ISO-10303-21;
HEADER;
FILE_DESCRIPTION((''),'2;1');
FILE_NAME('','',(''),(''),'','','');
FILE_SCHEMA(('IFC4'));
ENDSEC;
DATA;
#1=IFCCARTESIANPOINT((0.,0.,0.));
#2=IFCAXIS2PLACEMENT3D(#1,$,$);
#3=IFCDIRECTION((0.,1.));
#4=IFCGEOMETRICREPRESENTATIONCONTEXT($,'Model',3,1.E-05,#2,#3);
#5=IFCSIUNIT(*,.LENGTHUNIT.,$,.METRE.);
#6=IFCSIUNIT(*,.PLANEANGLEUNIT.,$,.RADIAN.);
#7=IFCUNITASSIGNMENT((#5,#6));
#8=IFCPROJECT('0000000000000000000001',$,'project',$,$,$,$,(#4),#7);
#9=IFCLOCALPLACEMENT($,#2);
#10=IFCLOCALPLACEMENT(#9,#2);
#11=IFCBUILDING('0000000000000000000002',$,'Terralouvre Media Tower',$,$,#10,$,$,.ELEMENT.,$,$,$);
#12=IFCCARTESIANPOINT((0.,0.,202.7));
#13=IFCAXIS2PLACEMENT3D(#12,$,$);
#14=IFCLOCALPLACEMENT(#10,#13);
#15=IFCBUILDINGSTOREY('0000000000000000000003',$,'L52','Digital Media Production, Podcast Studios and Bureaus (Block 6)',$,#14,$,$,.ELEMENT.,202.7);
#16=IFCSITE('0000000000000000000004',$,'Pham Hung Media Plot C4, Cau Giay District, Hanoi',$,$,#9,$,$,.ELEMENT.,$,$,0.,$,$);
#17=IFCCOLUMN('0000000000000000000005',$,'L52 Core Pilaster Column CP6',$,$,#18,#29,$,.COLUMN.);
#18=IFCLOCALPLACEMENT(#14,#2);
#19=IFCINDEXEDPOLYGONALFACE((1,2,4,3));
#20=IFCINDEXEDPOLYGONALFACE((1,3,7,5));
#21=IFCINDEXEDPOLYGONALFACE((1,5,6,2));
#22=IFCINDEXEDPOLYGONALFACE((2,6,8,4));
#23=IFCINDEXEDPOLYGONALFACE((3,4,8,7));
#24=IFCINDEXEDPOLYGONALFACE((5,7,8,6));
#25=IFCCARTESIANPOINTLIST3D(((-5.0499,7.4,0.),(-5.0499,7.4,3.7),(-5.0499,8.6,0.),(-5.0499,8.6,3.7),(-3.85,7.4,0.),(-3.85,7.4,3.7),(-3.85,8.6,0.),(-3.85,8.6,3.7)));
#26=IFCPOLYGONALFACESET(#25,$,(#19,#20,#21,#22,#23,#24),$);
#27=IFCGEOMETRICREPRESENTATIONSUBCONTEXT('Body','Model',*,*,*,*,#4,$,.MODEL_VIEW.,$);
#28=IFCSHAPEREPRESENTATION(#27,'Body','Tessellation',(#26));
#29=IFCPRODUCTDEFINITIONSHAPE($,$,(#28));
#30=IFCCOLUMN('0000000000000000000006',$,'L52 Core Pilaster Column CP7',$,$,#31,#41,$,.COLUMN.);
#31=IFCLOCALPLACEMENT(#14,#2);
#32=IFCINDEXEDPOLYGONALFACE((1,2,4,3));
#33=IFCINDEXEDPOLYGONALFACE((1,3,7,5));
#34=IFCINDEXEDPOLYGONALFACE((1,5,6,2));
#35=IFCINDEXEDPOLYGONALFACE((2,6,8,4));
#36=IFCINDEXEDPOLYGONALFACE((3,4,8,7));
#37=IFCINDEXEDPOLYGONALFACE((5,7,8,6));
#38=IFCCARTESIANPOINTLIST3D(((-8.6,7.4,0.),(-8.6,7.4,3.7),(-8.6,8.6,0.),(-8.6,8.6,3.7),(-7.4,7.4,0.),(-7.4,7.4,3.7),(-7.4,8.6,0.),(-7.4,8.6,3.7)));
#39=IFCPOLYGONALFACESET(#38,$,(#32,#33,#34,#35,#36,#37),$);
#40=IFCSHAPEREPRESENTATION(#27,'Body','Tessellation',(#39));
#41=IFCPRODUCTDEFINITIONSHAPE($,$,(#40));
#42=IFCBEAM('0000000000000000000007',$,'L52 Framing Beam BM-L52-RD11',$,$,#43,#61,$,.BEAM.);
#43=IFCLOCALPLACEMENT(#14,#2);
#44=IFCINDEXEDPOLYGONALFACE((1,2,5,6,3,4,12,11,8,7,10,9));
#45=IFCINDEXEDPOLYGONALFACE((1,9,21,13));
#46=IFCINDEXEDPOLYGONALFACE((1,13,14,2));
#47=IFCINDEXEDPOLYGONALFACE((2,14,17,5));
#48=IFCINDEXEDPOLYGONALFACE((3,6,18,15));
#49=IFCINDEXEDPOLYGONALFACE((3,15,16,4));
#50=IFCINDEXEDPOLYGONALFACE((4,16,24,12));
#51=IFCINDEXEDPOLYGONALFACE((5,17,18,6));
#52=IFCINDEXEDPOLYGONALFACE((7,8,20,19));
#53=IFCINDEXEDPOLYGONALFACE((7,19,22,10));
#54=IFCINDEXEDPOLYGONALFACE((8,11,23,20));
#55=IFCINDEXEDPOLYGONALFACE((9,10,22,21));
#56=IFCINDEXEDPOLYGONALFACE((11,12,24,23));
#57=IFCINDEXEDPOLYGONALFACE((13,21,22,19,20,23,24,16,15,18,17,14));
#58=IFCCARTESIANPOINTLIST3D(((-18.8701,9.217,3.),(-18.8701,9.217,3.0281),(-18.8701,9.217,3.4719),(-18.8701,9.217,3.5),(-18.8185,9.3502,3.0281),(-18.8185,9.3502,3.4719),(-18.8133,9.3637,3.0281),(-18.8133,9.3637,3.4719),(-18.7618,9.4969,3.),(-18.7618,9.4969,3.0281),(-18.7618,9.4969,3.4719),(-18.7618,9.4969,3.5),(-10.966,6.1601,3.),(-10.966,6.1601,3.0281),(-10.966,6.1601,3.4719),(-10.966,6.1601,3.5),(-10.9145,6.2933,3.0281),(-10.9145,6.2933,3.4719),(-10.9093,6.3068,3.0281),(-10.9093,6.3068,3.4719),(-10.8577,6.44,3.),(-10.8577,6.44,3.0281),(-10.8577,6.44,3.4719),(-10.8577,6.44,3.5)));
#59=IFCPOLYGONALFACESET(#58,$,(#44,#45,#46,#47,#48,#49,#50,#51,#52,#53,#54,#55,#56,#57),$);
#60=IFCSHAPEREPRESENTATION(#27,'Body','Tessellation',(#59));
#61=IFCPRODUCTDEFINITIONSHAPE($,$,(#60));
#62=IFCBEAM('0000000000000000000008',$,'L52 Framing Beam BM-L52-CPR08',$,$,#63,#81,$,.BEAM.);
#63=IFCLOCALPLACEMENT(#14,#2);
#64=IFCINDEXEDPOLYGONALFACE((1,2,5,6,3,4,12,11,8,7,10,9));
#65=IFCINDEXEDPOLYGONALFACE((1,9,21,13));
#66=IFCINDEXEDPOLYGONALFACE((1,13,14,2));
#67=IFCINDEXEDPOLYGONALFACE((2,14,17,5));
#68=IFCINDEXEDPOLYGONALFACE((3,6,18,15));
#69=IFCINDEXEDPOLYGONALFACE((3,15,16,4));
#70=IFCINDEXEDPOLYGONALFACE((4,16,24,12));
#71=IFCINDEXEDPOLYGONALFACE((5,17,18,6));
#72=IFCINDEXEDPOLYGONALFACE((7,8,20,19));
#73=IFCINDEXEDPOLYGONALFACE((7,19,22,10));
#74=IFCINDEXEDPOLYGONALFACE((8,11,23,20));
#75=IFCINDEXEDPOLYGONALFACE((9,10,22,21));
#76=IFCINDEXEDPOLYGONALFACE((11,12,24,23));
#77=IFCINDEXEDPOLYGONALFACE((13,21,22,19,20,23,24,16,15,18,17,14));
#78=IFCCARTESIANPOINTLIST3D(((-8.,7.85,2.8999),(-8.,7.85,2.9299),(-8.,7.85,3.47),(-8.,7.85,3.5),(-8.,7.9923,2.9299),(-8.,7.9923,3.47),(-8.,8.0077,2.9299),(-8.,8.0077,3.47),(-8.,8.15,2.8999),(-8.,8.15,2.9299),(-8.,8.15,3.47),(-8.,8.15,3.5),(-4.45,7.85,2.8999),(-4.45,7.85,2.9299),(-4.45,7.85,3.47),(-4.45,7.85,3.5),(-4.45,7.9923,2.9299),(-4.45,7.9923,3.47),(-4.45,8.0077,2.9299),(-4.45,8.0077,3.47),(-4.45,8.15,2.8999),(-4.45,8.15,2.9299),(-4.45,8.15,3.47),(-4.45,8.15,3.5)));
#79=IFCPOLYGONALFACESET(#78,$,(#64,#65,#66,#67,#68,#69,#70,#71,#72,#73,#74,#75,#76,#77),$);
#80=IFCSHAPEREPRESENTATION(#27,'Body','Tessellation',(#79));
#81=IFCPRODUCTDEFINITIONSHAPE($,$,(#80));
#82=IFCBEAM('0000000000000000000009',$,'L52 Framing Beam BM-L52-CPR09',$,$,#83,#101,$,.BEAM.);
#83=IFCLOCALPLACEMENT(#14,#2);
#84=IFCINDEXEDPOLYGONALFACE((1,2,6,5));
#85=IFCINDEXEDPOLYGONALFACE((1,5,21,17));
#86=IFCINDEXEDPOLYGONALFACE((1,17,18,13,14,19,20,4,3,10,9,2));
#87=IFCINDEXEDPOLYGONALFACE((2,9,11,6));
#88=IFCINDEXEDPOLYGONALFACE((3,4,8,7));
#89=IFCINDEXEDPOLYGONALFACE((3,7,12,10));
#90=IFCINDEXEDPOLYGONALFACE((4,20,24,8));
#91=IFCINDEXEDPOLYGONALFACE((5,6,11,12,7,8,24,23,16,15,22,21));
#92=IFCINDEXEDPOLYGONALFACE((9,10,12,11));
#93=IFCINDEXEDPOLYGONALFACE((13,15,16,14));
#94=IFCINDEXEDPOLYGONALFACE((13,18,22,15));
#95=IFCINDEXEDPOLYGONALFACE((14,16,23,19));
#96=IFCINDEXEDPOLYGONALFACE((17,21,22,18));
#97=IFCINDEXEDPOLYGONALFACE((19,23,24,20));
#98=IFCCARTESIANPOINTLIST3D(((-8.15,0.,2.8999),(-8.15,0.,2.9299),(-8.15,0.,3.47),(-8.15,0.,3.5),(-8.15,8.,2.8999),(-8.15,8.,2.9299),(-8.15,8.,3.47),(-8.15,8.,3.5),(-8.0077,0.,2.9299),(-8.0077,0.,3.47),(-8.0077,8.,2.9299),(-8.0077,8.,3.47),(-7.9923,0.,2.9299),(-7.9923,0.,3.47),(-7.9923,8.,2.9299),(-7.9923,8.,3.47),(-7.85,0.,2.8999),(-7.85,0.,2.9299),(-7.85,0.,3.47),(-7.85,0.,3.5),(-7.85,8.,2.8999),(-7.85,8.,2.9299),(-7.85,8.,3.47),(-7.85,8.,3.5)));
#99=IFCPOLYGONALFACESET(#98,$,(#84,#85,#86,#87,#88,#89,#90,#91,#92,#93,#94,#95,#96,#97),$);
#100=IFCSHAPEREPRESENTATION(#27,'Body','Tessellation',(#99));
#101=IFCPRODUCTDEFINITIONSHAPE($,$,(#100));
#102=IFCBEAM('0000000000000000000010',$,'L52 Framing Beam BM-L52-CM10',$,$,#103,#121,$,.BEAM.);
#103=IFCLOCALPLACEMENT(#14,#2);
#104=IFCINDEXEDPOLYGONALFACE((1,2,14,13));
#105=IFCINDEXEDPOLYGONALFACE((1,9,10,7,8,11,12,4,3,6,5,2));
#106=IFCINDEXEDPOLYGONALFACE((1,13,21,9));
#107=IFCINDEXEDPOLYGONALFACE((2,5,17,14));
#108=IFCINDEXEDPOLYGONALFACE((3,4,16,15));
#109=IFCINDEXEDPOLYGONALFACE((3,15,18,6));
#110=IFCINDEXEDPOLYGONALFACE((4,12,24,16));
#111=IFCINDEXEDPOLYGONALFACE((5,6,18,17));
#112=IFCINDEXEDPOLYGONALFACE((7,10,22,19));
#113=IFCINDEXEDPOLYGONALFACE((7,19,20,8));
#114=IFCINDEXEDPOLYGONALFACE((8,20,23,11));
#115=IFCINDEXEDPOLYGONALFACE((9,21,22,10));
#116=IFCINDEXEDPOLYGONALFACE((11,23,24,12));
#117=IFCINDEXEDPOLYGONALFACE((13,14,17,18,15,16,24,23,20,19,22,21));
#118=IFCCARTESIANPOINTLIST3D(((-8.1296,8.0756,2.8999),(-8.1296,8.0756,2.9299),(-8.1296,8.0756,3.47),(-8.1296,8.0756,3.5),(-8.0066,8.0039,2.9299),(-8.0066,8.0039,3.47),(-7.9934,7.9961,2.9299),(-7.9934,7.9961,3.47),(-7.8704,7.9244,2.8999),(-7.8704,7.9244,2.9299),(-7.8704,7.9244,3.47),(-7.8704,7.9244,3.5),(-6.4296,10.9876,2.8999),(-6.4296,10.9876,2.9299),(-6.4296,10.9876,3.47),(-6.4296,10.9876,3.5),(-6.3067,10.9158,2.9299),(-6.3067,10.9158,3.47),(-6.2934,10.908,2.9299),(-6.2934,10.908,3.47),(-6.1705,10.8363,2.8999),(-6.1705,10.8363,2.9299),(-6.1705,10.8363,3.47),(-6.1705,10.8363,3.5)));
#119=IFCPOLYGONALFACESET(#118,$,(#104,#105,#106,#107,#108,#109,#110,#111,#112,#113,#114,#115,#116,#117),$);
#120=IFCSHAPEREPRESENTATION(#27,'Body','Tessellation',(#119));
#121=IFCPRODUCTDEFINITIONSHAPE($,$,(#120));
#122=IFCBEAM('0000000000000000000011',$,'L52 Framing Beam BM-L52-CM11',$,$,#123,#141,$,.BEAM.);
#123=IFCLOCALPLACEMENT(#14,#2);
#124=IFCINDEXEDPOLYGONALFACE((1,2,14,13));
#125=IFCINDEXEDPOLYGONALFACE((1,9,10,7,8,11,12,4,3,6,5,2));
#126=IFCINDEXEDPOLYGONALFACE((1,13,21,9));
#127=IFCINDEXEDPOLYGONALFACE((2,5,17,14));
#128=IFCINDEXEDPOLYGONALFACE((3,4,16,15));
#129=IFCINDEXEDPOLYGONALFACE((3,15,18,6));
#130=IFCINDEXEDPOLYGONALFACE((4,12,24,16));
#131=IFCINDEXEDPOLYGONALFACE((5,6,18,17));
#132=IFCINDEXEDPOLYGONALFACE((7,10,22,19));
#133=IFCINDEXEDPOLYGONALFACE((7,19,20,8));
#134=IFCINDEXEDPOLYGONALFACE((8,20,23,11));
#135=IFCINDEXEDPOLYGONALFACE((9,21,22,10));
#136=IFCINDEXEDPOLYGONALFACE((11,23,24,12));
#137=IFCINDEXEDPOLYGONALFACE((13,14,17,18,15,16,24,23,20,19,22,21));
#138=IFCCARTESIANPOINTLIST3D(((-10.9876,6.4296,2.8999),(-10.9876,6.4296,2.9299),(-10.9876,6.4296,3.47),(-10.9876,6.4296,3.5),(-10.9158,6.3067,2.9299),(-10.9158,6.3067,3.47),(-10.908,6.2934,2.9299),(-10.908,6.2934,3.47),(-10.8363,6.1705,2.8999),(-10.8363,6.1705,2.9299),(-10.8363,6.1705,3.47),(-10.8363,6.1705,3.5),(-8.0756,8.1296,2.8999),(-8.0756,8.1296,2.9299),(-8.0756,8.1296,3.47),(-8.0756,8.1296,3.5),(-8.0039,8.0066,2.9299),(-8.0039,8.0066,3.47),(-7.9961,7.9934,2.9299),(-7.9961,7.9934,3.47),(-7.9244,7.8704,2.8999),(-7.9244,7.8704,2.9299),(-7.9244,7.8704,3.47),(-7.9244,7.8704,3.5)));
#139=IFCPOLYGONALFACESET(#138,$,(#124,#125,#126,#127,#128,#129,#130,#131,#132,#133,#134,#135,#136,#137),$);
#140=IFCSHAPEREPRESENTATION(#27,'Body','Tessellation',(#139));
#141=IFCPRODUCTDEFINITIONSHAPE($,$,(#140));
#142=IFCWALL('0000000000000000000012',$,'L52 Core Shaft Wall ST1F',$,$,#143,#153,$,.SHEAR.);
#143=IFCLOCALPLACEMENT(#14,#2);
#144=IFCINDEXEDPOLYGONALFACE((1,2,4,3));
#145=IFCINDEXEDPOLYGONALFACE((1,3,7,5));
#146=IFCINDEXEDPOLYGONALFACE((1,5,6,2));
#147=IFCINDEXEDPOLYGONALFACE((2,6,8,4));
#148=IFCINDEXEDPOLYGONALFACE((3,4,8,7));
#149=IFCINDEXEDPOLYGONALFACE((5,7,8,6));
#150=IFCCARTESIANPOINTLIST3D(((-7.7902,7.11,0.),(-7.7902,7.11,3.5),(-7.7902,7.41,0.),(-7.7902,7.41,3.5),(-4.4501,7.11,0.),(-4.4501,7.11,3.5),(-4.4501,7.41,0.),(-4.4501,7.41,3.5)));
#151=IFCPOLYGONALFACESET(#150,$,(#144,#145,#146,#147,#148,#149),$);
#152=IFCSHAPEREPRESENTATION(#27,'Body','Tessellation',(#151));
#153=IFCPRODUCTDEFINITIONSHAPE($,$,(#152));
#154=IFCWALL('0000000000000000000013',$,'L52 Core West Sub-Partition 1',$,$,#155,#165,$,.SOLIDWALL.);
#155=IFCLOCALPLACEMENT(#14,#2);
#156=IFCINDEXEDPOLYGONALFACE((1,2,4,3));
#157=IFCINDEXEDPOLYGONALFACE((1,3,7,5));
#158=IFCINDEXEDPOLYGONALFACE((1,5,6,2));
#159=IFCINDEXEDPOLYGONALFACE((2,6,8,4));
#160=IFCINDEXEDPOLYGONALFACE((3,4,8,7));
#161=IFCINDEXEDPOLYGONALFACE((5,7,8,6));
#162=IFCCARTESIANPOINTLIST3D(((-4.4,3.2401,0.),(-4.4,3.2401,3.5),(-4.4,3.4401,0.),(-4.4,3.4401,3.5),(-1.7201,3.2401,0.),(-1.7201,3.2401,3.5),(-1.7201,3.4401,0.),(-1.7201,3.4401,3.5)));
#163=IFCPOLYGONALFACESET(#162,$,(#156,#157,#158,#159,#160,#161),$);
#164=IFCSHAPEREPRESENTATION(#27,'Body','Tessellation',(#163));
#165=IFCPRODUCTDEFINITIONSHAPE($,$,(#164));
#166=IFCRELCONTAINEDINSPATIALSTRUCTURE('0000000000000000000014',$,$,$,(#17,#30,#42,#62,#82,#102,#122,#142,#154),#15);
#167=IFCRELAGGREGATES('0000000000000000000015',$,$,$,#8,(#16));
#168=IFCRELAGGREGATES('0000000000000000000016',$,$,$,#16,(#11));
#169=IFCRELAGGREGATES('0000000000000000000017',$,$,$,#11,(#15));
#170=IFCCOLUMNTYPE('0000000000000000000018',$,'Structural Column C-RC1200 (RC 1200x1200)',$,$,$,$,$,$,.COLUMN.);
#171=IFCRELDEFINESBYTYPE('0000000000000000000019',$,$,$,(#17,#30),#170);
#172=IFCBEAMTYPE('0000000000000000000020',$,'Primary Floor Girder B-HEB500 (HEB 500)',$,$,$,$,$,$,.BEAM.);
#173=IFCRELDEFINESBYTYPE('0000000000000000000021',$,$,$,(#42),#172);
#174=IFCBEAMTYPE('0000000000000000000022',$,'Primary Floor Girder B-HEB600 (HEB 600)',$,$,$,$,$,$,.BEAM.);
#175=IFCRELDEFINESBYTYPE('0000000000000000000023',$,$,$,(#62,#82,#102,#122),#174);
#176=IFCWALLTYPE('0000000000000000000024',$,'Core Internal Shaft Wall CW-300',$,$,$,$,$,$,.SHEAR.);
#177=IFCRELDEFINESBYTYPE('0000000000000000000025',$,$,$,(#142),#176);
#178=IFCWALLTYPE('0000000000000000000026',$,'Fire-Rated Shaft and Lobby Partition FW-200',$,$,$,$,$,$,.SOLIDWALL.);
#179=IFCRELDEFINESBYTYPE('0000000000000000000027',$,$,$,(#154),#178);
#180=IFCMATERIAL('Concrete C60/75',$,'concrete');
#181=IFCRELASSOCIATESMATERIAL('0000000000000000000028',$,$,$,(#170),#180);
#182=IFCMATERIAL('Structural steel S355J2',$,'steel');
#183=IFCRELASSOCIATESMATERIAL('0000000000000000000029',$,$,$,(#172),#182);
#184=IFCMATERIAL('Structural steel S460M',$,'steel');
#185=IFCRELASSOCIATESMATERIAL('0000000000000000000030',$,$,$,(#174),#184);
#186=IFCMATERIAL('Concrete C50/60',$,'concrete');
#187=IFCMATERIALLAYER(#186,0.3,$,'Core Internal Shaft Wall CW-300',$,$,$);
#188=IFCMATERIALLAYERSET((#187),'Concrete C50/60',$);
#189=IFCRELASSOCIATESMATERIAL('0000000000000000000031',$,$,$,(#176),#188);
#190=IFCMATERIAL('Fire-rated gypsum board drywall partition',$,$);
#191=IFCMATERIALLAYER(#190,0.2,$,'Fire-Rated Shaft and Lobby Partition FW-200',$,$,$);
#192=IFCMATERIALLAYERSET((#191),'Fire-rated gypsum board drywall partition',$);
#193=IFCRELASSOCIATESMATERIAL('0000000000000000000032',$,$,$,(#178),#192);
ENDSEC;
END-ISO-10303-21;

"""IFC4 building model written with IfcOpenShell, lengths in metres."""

from ifc_helpers import new_model, si_unit, direction, frame, frame_2d, origin, origin_2d, place, context, subcontext, project, spatial, rectangle, i_section, extrude, material, layer, layer_set, material_profile, profile_set, type_object, element, save


model = new_model("IFC4")

# Units and contexts
model_context = context("Model", 3, precision=1e-05, world=origin(), true_north=direction((0.0, 1.0)))
body_context = subcontext(model_context, "Body", "Model", "MODEL_VIEW")
ifc_project = project(units=[si_unit("LENGTHUNIT", "METRE"), si_unit("PLANEANGLEUNIT", "RADIAN")], contexts=[model_context])

# Site, building, storey
site_placement = place(None, origin())
site = spatial("IfcSite", under=ifc_project, at=site_placement, Name="Pham Hung Media Plot C4, Cau Giay District, Hanoi", CompositionType="ELEMENT", RefElevation=0.0)
building_placement = place(site_placement, origin())
building = spatial("IfcBuilding", under=site, at=building_placement, Name="Terralouvre Media Tower", CompositionType="ELEMENT")
storey_placement = place(building_placement, frame((0.0, 0.0, 202.7)))
storey = spatial("IfcBuildingStorey", under=building, at=storey_placement, Name="L52", Description="Digital Media Production, Podcast Studios and Bureaus (Block 6)", CompositionType="ELEMENT", Elevation=202.7)

# Columns
ifc_material_1 = material(Name="Concrete C60/75", Category="concrete")
ifc_material_profile_1 = material_profile(ifc_material_1, rectangle(XDim=1.2, YDim=1.2, at=origin_2d()), Name="RC 1200x1200")
ifc_profile_set_1 = profile_set([ifc_material_profile_1], Name="Concrete C60/75")
column_type = type_object("IfcColumnType", Name="Structural Column C-RC1200 (RC 1200x1200)", PredefinedType="COLUMN", material=ifc_profile_set_1)
for number, where, z_axis, x_axis, name in (
    (1, (-4.45, 8.0, 0.0), (0.0, 0.0, 1.0), (1.0, 0.0, 0.0), "L52 Core Pilaster Column CP6"),
    (2, (-8.0, 8.0, 0.0), (0.0, 0.0, 1.0), (1.0, 0.0, 0.0), "L52 Core Pilaster Column CP7"),
):
    element("IfcColumn", number, at=place(storey_placement, frame(where, z_axis=z_axis, x_axis=x_axis)), inside=storey, type_object=column_type, Name=name, PredefinedType="COLUMN", context=body_context, shape_type="SweptSolid", body=[
        extrude(rectangle(XDim=1.2, YDim=1.2, at=origin_2d()), origin(), (0.0, 0.0, 1.0), 3.7),
    ])

# Beams
ifc_material_2 = material(Name="Structural steel S355J2", Category="steel")
ifc_material_profile_2 = material_profile(ifc_material_2, i_section(OverallWidth=0.3, OverallDepth=0.5, WebThickness=0.0144, FlangeThickness=0.0281, at=origin_2d()), Name="HEB 500")
ifc_profile_set_2 = profile_set([ifc_material_profile_2], Name="Structural steel S355J2")
beam_type_1 = type_object("IfcBeamType", Name="Primary Floor Girder B-HEB500 (HEB 500)", PredefinedType="BEAM", material=ifc_profile_set_2)
beam_1_placement = place(storey_placement, frame((-10.9119, 6.3, 3.25), z_axis=(-0.932677, 0.360712, 0.0), x_axis=(-0.360712, -0.932677, 0.0)))
element("IfcBeam", 3, at=beam_1_placement, inside=storey, type_object=beam_type_1, Name="L52 Framing Beam BM-L52-RD11", PredefinedType="BEAM", context=body_context, shape_type="SweptSolid", body=[
    extrude(i_section(OverallWidth=0.3, OverallDepth=0.5, WebThickness=0.0144, FlangeThickness=0.0281, at=origin_2d()), origin(), (0.0, 0.0, 1.0), 8.4746),
])
ifc_material_3 = material(Name="Structural steel S460M", Category="steel")
ifc_material_profile_3 = material_profile(ifc_material_3, i_section(OverallWidth=0.3, OverallDepth=0.6001, WebThickness=0.0154, FlangeThickness=0.03, at=origin_2d()), Name="HEB 600")
ifc_profile_set_3 = profile_set([ifc_material_profile_3], Name="Structural steel S460M")
beam_type_2 = type_object("IfcBeamType", Name="Primary Floor Girder B-HEB600 (HEB 600)", PredefinedType="BEAM", material=ifc_profile_set_3)
beam_2_placement = place(storey_placement, frame((-4.45, 8.0, 3.2), z_axis=(-1.0, 0.0, 0.0), x_axis=(0.0, -1.0, 0.0)))
element("IfcBeam", 4, at=beam_2_placement, inside=storey, type_object=beam_type_2, Name="L52 Framing Beam BM-L52-CPR08", PredefinedType="BEAM", context=body_context, shape_type="SweptSolid", body=[
    extrude(i_section(OverallWidth=0.3, OverallDepth=0.6001, WebThickness=0.0154, FlangeThickness=0.03, at=origin_2d()), origin(), (0.0, 0.0, 1.0), 3.55),
])
beam_3_placement = place(storey_placement, frame((-8.0, 8.0, 3.2), z_axis=(0.0, -1.0, 0.0), x_axis=(1.0, 0.0, 0.0)))
element("IfcBeam", 5, at=beam_3_placement, inside=storey, type_object=beam_type_2, Name="L52 Framing Beam BM-L52-CPR09", PredefinedType="BEAM", context=body_context, shape_type="SweptSolid", body=[
    extrude(i_section(OverallWidth=0.3, OverallDepth=0.6001, WebThickness=0.0154, FlangeThickness=0.03, at=origin_2d()), origin(), (0.0, 0.0, 1.0), 8.0),
])
for number, where, z_axis, x_axis, name in (
    (6, (-8.0, 8.0, 3.2), (0.504173, 0.863603, 0.0), (-0.863603, 0.504173, 0.0), "L52 Framing Beam BM-L52-CM10"),
    (7, (-8.0, 8.0, 3.2), (-0.863603, -0.504173, 0.0), (0.504173, -0.863603, 0.0), "L52 Framing Beam BM-L52-CM11"),
):
    element("IfcBeam", number, at=place(storey_placement, frame(where, z_axis=z_axis, x_axis=x_axis)), inside=storey, type_object=beam_type_2, Name=name, PredefinedType="BEAM", context=body_context, shape_type="SweptSolid", body=[
        extrude(i_section(OverallWidth=0.3, OverallDepth=0.6001, WebThickness=0.0154, FlangeThickness=0.03, at=origin_2d()), origin(), (0.0, 0.0, 1.0), 3.3718),
    ])

# Shared definitions
ifc_material_4 = material(Name="Concrete C50/60", Category="concrete")
ifc_layer_1 = layer(ifc_material_4, 0.3, Name="Core Internal Shaft Wall CW-300")
ifc_layer_set_1 = layer_set([ifc_layer_1], Name="Concrete C50/60")
wall_type_1 = type_object("IfcWallType", Name="Core Internal Shaft Wall CW-300", PredefinedType="SHEAR", material=ifc_layer_set_1)

# Wall
wall_1_placement = place(storey_placement, frame((-7.79, 7.26, 0.0), z_axis=(0.0, 0.0, 1.0), x_axis=(1.0, 0.0, 0.0)))
element("IfcWall", 8, at=wall_1_placement, inside=storey, type_object=wall_type_1, Name="L52 Core Shaft Wall ST1F", PredefinedType="SHEAR", context=body_context, shape_type="SweptSolid", body=[
    extrude(rectangle(XDim=3.3401, YDim=0.3, at=frame_2d((1.6699, 0.0))), origin(), (0.0, 0.0, 1.0), 3.5),
])

# Wall
ifc_material_5 = material(Name="Fire-rated gypsum board drywall partition")
ifc_layer_2 = layer(ifc_material_5, 0.2, Name="Fire-Rated Shaft and Lobby Partition FW-200")
ifc_layer_set_2 = layer_set([ifc_layer_2], Name="Fire-rated gypsum board drywall partition")
wall_type_2 = type_object("IfcWallType", Name="Fire-Rated Shaft and Lobby Partition FW-200", PredefinedType="SOLIDWALL", material=ifc_layer_set_2)
wall_2_placement = place(storey_placement, frame((-4.3999, 3.3401, 0.0), z_axis=(0.0, 0.0, 1.0), x_axis=(1.0, 0.0, 0.0)))
element("IfcWall", 9, at=wall_2_placement, inside=storey, type_object=wall_type_2, Name="L52 Core West Sub-Partition 1", PredefinedType="SOLIDWALL", context=body_context, shape_type="SweptSolid", body=[
    extrude(rectangle(XDim=2.6799, YDim=0.2, at=frame_2d((1.3398, 0.0))), origin(), (0.0, 0.0, 1.0), 3.5),
])

save(model, "model.ifc")
